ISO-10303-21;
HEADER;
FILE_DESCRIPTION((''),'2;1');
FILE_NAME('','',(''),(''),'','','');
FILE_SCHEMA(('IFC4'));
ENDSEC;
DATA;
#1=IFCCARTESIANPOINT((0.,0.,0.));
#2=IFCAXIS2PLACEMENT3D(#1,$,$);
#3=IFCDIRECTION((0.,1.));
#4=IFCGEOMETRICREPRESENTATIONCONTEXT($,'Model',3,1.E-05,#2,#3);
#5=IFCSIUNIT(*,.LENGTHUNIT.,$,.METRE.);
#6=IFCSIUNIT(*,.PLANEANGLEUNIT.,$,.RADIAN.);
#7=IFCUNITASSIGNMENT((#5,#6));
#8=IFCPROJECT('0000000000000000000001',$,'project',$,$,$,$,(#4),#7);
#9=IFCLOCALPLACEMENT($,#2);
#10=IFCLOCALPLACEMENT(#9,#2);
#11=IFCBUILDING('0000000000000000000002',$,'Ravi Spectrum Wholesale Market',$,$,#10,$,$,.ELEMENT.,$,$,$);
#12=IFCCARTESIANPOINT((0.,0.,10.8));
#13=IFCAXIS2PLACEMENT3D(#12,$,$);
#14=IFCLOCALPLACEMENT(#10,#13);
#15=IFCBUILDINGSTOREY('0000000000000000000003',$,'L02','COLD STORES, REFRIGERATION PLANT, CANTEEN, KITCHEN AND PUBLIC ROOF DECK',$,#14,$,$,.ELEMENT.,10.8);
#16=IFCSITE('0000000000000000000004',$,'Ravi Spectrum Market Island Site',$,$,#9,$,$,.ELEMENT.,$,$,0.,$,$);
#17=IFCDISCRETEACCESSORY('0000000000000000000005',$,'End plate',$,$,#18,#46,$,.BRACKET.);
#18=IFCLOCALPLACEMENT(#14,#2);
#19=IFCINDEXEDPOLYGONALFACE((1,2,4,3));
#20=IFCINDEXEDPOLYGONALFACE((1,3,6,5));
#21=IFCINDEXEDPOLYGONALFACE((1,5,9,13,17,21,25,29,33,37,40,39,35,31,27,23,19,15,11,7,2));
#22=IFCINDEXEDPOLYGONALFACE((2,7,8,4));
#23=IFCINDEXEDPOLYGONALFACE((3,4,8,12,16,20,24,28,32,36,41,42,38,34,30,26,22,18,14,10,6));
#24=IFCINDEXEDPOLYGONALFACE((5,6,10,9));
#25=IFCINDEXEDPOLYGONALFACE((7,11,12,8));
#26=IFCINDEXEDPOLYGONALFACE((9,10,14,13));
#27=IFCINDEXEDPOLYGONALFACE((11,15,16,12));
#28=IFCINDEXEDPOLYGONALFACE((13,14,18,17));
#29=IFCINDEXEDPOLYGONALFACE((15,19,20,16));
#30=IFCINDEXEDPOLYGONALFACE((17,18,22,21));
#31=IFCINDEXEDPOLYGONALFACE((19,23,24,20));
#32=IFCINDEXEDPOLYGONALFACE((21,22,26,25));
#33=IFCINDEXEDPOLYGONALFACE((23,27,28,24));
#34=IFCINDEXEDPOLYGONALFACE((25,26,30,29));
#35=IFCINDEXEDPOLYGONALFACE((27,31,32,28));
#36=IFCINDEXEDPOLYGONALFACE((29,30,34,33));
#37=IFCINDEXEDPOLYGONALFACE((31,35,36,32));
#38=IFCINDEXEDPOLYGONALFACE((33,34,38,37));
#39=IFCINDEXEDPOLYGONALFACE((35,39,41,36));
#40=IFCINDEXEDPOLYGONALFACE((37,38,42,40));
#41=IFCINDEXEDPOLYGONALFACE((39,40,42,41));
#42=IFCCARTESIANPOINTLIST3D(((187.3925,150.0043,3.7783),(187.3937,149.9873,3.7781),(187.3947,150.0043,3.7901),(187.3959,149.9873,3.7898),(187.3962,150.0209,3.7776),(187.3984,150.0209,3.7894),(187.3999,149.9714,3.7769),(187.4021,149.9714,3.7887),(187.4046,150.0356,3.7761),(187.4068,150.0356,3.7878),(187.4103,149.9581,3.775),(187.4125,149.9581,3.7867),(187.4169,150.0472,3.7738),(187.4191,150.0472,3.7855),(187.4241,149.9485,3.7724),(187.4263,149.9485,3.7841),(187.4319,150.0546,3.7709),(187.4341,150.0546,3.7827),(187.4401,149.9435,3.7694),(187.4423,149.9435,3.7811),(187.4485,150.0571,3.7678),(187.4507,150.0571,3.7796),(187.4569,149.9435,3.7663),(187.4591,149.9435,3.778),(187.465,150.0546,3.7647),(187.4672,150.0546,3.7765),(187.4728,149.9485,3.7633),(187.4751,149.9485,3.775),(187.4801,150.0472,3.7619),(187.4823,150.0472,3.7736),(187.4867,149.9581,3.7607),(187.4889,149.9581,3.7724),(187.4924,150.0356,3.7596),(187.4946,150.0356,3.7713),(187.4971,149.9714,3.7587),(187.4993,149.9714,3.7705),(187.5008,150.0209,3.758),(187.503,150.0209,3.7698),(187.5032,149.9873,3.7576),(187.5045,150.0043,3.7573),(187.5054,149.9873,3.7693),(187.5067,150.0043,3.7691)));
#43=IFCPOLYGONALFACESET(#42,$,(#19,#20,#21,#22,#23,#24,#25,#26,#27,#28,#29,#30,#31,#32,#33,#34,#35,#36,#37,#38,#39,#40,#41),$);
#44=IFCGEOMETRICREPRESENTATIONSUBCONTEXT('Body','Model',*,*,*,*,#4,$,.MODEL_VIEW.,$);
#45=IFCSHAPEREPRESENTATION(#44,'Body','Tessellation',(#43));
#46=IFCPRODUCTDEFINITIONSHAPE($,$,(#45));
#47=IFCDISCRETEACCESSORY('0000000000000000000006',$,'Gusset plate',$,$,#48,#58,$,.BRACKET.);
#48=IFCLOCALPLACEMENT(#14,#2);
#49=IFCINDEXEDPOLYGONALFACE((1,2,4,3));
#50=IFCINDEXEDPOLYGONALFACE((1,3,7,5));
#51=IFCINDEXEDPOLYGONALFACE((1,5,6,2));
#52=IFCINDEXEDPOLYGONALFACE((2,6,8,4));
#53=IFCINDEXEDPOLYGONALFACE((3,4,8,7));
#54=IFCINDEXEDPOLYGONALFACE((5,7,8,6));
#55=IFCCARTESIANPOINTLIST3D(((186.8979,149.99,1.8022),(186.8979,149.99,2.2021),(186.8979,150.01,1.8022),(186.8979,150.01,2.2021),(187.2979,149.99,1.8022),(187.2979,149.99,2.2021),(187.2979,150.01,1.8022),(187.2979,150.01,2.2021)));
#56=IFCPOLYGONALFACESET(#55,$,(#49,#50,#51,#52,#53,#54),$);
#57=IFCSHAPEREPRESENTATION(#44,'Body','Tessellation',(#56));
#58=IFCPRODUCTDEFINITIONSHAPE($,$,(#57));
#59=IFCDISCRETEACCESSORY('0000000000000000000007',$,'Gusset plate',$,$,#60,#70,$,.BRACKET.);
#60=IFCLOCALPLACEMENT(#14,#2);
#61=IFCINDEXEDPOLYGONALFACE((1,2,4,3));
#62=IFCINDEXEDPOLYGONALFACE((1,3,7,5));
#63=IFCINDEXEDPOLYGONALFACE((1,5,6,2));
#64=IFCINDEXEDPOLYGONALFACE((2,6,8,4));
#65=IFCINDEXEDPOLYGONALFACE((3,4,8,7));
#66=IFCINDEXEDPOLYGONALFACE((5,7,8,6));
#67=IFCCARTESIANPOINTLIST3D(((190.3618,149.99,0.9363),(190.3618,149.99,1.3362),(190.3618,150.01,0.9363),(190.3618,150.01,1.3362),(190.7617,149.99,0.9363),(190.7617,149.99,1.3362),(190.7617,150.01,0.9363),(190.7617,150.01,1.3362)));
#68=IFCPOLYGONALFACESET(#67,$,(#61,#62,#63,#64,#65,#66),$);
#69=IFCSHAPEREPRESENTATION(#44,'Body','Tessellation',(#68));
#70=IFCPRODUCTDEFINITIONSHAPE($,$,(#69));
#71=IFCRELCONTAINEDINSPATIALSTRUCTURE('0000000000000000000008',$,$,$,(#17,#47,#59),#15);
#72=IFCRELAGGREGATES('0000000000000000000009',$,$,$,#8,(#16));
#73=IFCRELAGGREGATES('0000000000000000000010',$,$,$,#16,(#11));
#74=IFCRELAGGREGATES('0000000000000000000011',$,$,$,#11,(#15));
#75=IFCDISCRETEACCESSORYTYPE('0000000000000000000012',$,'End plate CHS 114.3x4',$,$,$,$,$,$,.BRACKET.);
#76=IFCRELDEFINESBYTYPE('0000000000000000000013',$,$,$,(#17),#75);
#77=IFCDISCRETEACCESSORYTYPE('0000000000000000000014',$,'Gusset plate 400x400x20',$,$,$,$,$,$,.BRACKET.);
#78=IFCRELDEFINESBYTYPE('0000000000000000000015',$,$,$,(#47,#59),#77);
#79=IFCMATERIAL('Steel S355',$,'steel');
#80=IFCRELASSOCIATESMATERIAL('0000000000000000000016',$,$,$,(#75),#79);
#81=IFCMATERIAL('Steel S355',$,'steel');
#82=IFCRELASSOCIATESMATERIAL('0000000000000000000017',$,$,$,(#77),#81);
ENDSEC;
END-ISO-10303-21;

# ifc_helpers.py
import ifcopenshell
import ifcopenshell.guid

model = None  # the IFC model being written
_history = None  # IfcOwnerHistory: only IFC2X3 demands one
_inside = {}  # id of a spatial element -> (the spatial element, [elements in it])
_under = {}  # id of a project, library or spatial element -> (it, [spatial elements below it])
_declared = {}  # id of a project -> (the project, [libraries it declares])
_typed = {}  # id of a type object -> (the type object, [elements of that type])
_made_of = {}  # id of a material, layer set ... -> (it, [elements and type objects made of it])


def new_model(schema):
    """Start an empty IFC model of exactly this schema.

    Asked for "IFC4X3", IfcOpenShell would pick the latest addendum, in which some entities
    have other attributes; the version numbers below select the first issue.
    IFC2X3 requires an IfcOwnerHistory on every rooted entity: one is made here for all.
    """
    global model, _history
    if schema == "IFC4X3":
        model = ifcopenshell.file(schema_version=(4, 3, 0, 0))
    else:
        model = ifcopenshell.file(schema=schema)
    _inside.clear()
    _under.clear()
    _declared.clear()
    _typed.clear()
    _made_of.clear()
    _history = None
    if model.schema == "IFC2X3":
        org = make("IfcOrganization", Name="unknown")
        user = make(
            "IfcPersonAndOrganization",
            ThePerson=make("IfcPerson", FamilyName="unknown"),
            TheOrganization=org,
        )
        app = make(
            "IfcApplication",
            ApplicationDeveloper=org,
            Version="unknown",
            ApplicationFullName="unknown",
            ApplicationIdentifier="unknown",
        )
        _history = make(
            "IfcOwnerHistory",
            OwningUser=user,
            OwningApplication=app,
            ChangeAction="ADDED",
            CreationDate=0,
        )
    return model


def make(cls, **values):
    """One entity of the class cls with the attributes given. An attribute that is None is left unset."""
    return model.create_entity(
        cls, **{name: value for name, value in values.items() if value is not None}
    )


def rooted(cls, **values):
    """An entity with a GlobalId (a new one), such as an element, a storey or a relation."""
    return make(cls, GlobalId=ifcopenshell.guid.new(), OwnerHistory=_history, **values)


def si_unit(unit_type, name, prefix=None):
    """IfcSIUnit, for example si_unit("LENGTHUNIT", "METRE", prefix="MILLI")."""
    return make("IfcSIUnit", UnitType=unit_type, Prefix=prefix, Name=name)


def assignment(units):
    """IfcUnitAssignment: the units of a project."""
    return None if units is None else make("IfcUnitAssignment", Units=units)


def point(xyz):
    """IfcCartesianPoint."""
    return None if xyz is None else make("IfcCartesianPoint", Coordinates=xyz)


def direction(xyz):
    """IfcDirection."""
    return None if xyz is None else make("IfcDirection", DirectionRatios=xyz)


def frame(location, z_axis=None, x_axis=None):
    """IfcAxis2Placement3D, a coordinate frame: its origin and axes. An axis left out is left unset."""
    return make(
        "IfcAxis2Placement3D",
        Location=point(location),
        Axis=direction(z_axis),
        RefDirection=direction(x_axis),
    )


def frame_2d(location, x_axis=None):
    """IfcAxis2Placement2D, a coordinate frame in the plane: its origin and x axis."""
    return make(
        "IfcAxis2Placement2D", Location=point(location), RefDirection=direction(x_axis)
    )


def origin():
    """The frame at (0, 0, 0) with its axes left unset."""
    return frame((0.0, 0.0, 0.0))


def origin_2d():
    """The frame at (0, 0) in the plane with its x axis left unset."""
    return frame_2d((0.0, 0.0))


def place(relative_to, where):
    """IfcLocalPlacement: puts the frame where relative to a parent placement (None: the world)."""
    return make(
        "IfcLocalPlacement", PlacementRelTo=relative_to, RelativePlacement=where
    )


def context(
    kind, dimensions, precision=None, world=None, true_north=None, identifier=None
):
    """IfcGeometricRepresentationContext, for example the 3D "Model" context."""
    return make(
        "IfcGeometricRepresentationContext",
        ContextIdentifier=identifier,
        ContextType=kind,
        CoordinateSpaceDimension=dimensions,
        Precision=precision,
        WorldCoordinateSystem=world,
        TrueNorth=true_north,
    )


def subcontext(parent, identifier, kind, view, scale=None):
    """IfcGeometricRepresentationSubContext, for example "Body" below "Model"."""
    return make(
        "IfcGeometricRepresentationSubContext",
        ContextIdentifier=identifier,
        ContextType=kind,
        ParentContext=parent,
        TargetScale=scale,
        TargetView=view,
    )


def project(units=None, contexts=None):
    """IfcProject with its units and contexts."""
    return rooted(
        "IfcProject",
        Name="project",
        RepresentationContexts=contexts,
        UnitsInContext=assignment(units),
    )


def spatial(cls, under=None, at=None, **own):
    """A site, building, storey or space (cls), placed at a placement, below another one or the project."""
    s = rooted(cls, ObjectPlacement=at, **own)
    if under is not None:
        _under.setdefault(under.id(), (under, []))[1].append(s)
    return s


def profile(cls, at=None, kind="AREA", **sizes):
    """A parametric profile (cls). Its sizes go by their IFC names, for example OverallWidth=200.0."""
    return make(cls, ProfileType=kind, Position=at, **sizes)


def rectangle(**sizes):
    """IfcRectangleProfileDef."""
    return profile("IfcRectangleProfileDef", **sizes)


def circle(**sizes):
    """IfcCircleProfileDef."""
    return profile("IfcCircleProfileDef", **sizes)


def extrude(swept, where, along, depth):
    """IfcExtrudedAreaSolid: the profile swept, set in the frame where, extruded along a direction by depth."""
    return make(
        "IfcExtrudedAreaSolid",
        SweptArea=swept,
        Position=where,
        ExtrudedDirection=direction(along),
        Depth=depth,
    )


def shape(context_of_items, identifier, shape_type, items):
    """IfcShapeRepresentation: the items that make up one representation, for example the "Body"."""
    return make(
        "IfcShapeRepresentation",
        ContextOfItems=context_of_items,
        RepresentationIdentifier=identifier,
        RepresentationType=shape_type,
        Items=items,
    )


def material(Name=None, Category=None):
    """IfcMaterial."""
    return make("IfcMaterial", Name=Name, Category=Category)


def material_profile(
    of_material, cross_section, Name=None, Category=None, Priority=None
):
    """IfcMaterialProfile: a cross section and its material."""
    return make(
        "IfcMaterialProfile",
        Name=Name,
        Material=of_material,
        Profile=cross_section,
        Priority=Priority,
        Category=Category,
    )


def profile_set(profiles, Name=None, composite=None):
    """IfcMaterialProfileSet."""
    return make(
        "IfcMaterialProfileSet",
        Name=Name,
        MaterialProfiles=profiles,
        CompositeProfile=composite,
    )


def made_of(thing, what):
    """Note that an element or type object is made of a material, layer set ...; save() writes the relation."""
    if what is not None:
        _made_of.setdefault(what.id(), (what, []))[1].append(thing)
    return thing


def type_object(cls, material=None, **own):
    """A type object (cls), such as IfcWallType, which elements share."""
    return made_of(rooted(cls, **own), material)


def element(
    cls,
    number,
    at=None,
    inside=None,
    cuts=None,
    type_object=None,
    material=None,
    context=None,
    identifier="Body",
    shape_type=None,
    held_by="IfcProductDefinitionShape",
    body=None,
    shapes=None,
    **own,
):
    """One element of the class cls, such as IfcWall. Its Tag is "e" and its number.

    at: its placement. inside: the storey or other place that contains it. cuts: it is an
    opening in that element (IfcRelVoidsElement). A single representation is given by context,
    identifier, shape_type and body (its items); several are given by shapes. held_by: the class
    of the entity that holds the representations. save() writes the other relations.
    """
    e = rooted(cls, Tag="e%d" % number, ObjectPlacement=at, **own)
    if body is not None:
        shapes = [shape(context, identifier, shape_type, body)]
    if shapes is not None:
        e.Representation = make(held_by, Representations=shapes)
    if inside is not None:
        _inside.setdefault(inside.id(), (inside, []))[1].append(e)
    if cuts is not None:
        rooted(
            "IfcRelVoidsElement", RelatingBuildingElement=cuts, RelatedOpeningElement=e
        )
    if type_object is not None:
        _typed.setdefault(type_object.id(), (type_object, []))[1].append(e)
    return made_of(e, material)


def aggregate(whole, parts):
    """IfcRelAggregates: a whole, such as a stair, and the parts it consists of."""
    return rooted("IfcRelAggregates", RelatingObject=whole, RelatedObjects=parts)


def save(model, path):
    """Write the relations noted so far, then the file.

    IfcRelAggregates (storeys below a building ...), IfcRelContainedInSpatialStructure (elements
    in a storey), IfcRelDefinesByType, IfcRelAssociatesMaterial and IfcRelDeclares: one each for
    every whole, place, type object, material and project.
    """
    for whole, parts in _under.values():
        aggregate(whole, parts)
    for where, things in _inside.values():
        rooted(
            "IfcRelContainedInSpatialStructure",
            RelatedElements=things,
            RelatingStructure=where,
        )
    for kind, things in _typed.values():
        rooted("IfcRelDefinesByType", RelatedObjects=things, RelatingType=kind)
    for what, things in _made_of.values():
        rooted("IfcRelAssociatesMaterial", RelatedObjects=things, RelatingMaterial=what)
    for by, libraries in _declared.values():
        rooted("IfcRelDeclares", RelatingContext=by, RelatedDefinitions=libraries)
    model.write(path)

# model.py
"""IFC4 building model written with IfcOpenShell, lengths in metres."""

from ifc_helpers import new_model, si_unit, direction, frame, origin, origin_2d, place, context, subcontext, project, spatial, rectangle, circle, extrude, material, material_profile, profile_set, type_object, element, save


model = new_model("IFC4")

# Units and contexts
model_context = context("Model", 3, precision=1e-05, world=origin(), true_north=direction((0.0, 1.0)))
body_context = subcontext(model_context, "Body", "Model", "MODEL_VIEW")
ifc_project = project(units=[si_unit("LENGTHUNIT", "METRE"), si_unit("PLANEANGLEUNIT", "RADIAN")], contexts=[model_context])

# Site, building, storey
site_placement = place(None, origin())
site = spatial("IfcSite", under=ifc_project, at=site_placement, Name="Ravi Spectrum Market Island Site", CompositionType="ELEMENT", RefElevation=0.0)
building_placement = place(site_placement, origin())
building = spatial("IfcBuilding", under=site, at=building_placement, Name="Ravi Spectrum Wholesale Market", CompositionType="ELEMENT")
storey_placement = place(building_placement, frame((0.0, 0.0, 10.8)))
storey = spatial("IfcBuildingStorey", under=building, at=storey_placement, Name="L02", Description="COLD STORES, REFRIGERATION PLANT, CANTEEN, KITCHEN AND PUBLIC ROOF DECK", CompositionType="ELEMENT", Elevation=10.8)

# Discrete accessories
ifc_material_1 = material(Name="Steel S355", Category="steel")
ifc_material_profile_1 = material_profile(ifc_material_1, circle(Radius=0.0571, at=origin_2d()))
ifc_profile_set_1 = profile_set([ifc_material_profile_1], Name="Steel S355")
discrete_accessory_type_1 = type_object("IfcDiscreteAccessoryType", Name="End plate CHS 114.3x4", PredefinedType="BRACKET", material=ifc_profile_set_1)
for number, where, z_axis, x_axis, name in (
    (1, (187.4485, 150.0, 3.7678), (0.184289, 0.0, 0.982872), (0.0, 1.0, 0.0), "End plate"),
):
    element("IfcDiscreteAccessory", number, at=place(storey_placement, frame(where, z_axis=z_axis, x_axis=x_axis)), inside=storey, type_object=discrete_accessory_type_1, Name=name, PredefinedType="BRACKET", context=body_context, shape_type="SweptSolid", body=[
        extrude(circle(Radius=0.0571, at=origin_2d()), origin(), (0.0, 0.0, 1.0), 0.012),
    ])
ifc_material_2 = material(Name="Steel S355", Category="steel")
ifc_material_profile_2 = material_profile(ifc_material_2, rectangle(XDim=0.3999, YDim=0.02, at=origin_2d()))
ifc_profile_set_2 = profile_set([ifc_material_profile_2], Name="Steel S355")
discrete_accessory_type_2 = type_object("IfcDiscreteAccessoryType", Name="Gusset plate 400x400x20", PredefinedType="BRACKET", material=ifc_profile_set_2)
for number, where, z_axis, x_axis, name in (
    (2, (187.0979, 150.0, 1.8022), (0.0, 0.0, 1.0), (-1.0, 0.0, 0.0), "Gusset plate"),
    (3, (190.5618, 150.0, 0.9363), (0.0, 0.0, 1.0), (-1.0, 0.0, 0.0), "Gusset plate"),
):
    element("IfcDiscreteAccessory", number, at=place(storey_placement, frame(where, z_axis=z_axis, x_axis=x_axis)), inside=storey, type_object=discrete_accessory_type_2, Name=name, PredefinedType="BRACKET", context=body_context, shape_type="SweptSolid", body=[
        extrude(rectangle(XDim=0.3999, YDim=0.02, at=origin_2d()), origin(), (0.0, 0.0, 1.0), 0.3999),
    ])

save(model, "model.ifc")
